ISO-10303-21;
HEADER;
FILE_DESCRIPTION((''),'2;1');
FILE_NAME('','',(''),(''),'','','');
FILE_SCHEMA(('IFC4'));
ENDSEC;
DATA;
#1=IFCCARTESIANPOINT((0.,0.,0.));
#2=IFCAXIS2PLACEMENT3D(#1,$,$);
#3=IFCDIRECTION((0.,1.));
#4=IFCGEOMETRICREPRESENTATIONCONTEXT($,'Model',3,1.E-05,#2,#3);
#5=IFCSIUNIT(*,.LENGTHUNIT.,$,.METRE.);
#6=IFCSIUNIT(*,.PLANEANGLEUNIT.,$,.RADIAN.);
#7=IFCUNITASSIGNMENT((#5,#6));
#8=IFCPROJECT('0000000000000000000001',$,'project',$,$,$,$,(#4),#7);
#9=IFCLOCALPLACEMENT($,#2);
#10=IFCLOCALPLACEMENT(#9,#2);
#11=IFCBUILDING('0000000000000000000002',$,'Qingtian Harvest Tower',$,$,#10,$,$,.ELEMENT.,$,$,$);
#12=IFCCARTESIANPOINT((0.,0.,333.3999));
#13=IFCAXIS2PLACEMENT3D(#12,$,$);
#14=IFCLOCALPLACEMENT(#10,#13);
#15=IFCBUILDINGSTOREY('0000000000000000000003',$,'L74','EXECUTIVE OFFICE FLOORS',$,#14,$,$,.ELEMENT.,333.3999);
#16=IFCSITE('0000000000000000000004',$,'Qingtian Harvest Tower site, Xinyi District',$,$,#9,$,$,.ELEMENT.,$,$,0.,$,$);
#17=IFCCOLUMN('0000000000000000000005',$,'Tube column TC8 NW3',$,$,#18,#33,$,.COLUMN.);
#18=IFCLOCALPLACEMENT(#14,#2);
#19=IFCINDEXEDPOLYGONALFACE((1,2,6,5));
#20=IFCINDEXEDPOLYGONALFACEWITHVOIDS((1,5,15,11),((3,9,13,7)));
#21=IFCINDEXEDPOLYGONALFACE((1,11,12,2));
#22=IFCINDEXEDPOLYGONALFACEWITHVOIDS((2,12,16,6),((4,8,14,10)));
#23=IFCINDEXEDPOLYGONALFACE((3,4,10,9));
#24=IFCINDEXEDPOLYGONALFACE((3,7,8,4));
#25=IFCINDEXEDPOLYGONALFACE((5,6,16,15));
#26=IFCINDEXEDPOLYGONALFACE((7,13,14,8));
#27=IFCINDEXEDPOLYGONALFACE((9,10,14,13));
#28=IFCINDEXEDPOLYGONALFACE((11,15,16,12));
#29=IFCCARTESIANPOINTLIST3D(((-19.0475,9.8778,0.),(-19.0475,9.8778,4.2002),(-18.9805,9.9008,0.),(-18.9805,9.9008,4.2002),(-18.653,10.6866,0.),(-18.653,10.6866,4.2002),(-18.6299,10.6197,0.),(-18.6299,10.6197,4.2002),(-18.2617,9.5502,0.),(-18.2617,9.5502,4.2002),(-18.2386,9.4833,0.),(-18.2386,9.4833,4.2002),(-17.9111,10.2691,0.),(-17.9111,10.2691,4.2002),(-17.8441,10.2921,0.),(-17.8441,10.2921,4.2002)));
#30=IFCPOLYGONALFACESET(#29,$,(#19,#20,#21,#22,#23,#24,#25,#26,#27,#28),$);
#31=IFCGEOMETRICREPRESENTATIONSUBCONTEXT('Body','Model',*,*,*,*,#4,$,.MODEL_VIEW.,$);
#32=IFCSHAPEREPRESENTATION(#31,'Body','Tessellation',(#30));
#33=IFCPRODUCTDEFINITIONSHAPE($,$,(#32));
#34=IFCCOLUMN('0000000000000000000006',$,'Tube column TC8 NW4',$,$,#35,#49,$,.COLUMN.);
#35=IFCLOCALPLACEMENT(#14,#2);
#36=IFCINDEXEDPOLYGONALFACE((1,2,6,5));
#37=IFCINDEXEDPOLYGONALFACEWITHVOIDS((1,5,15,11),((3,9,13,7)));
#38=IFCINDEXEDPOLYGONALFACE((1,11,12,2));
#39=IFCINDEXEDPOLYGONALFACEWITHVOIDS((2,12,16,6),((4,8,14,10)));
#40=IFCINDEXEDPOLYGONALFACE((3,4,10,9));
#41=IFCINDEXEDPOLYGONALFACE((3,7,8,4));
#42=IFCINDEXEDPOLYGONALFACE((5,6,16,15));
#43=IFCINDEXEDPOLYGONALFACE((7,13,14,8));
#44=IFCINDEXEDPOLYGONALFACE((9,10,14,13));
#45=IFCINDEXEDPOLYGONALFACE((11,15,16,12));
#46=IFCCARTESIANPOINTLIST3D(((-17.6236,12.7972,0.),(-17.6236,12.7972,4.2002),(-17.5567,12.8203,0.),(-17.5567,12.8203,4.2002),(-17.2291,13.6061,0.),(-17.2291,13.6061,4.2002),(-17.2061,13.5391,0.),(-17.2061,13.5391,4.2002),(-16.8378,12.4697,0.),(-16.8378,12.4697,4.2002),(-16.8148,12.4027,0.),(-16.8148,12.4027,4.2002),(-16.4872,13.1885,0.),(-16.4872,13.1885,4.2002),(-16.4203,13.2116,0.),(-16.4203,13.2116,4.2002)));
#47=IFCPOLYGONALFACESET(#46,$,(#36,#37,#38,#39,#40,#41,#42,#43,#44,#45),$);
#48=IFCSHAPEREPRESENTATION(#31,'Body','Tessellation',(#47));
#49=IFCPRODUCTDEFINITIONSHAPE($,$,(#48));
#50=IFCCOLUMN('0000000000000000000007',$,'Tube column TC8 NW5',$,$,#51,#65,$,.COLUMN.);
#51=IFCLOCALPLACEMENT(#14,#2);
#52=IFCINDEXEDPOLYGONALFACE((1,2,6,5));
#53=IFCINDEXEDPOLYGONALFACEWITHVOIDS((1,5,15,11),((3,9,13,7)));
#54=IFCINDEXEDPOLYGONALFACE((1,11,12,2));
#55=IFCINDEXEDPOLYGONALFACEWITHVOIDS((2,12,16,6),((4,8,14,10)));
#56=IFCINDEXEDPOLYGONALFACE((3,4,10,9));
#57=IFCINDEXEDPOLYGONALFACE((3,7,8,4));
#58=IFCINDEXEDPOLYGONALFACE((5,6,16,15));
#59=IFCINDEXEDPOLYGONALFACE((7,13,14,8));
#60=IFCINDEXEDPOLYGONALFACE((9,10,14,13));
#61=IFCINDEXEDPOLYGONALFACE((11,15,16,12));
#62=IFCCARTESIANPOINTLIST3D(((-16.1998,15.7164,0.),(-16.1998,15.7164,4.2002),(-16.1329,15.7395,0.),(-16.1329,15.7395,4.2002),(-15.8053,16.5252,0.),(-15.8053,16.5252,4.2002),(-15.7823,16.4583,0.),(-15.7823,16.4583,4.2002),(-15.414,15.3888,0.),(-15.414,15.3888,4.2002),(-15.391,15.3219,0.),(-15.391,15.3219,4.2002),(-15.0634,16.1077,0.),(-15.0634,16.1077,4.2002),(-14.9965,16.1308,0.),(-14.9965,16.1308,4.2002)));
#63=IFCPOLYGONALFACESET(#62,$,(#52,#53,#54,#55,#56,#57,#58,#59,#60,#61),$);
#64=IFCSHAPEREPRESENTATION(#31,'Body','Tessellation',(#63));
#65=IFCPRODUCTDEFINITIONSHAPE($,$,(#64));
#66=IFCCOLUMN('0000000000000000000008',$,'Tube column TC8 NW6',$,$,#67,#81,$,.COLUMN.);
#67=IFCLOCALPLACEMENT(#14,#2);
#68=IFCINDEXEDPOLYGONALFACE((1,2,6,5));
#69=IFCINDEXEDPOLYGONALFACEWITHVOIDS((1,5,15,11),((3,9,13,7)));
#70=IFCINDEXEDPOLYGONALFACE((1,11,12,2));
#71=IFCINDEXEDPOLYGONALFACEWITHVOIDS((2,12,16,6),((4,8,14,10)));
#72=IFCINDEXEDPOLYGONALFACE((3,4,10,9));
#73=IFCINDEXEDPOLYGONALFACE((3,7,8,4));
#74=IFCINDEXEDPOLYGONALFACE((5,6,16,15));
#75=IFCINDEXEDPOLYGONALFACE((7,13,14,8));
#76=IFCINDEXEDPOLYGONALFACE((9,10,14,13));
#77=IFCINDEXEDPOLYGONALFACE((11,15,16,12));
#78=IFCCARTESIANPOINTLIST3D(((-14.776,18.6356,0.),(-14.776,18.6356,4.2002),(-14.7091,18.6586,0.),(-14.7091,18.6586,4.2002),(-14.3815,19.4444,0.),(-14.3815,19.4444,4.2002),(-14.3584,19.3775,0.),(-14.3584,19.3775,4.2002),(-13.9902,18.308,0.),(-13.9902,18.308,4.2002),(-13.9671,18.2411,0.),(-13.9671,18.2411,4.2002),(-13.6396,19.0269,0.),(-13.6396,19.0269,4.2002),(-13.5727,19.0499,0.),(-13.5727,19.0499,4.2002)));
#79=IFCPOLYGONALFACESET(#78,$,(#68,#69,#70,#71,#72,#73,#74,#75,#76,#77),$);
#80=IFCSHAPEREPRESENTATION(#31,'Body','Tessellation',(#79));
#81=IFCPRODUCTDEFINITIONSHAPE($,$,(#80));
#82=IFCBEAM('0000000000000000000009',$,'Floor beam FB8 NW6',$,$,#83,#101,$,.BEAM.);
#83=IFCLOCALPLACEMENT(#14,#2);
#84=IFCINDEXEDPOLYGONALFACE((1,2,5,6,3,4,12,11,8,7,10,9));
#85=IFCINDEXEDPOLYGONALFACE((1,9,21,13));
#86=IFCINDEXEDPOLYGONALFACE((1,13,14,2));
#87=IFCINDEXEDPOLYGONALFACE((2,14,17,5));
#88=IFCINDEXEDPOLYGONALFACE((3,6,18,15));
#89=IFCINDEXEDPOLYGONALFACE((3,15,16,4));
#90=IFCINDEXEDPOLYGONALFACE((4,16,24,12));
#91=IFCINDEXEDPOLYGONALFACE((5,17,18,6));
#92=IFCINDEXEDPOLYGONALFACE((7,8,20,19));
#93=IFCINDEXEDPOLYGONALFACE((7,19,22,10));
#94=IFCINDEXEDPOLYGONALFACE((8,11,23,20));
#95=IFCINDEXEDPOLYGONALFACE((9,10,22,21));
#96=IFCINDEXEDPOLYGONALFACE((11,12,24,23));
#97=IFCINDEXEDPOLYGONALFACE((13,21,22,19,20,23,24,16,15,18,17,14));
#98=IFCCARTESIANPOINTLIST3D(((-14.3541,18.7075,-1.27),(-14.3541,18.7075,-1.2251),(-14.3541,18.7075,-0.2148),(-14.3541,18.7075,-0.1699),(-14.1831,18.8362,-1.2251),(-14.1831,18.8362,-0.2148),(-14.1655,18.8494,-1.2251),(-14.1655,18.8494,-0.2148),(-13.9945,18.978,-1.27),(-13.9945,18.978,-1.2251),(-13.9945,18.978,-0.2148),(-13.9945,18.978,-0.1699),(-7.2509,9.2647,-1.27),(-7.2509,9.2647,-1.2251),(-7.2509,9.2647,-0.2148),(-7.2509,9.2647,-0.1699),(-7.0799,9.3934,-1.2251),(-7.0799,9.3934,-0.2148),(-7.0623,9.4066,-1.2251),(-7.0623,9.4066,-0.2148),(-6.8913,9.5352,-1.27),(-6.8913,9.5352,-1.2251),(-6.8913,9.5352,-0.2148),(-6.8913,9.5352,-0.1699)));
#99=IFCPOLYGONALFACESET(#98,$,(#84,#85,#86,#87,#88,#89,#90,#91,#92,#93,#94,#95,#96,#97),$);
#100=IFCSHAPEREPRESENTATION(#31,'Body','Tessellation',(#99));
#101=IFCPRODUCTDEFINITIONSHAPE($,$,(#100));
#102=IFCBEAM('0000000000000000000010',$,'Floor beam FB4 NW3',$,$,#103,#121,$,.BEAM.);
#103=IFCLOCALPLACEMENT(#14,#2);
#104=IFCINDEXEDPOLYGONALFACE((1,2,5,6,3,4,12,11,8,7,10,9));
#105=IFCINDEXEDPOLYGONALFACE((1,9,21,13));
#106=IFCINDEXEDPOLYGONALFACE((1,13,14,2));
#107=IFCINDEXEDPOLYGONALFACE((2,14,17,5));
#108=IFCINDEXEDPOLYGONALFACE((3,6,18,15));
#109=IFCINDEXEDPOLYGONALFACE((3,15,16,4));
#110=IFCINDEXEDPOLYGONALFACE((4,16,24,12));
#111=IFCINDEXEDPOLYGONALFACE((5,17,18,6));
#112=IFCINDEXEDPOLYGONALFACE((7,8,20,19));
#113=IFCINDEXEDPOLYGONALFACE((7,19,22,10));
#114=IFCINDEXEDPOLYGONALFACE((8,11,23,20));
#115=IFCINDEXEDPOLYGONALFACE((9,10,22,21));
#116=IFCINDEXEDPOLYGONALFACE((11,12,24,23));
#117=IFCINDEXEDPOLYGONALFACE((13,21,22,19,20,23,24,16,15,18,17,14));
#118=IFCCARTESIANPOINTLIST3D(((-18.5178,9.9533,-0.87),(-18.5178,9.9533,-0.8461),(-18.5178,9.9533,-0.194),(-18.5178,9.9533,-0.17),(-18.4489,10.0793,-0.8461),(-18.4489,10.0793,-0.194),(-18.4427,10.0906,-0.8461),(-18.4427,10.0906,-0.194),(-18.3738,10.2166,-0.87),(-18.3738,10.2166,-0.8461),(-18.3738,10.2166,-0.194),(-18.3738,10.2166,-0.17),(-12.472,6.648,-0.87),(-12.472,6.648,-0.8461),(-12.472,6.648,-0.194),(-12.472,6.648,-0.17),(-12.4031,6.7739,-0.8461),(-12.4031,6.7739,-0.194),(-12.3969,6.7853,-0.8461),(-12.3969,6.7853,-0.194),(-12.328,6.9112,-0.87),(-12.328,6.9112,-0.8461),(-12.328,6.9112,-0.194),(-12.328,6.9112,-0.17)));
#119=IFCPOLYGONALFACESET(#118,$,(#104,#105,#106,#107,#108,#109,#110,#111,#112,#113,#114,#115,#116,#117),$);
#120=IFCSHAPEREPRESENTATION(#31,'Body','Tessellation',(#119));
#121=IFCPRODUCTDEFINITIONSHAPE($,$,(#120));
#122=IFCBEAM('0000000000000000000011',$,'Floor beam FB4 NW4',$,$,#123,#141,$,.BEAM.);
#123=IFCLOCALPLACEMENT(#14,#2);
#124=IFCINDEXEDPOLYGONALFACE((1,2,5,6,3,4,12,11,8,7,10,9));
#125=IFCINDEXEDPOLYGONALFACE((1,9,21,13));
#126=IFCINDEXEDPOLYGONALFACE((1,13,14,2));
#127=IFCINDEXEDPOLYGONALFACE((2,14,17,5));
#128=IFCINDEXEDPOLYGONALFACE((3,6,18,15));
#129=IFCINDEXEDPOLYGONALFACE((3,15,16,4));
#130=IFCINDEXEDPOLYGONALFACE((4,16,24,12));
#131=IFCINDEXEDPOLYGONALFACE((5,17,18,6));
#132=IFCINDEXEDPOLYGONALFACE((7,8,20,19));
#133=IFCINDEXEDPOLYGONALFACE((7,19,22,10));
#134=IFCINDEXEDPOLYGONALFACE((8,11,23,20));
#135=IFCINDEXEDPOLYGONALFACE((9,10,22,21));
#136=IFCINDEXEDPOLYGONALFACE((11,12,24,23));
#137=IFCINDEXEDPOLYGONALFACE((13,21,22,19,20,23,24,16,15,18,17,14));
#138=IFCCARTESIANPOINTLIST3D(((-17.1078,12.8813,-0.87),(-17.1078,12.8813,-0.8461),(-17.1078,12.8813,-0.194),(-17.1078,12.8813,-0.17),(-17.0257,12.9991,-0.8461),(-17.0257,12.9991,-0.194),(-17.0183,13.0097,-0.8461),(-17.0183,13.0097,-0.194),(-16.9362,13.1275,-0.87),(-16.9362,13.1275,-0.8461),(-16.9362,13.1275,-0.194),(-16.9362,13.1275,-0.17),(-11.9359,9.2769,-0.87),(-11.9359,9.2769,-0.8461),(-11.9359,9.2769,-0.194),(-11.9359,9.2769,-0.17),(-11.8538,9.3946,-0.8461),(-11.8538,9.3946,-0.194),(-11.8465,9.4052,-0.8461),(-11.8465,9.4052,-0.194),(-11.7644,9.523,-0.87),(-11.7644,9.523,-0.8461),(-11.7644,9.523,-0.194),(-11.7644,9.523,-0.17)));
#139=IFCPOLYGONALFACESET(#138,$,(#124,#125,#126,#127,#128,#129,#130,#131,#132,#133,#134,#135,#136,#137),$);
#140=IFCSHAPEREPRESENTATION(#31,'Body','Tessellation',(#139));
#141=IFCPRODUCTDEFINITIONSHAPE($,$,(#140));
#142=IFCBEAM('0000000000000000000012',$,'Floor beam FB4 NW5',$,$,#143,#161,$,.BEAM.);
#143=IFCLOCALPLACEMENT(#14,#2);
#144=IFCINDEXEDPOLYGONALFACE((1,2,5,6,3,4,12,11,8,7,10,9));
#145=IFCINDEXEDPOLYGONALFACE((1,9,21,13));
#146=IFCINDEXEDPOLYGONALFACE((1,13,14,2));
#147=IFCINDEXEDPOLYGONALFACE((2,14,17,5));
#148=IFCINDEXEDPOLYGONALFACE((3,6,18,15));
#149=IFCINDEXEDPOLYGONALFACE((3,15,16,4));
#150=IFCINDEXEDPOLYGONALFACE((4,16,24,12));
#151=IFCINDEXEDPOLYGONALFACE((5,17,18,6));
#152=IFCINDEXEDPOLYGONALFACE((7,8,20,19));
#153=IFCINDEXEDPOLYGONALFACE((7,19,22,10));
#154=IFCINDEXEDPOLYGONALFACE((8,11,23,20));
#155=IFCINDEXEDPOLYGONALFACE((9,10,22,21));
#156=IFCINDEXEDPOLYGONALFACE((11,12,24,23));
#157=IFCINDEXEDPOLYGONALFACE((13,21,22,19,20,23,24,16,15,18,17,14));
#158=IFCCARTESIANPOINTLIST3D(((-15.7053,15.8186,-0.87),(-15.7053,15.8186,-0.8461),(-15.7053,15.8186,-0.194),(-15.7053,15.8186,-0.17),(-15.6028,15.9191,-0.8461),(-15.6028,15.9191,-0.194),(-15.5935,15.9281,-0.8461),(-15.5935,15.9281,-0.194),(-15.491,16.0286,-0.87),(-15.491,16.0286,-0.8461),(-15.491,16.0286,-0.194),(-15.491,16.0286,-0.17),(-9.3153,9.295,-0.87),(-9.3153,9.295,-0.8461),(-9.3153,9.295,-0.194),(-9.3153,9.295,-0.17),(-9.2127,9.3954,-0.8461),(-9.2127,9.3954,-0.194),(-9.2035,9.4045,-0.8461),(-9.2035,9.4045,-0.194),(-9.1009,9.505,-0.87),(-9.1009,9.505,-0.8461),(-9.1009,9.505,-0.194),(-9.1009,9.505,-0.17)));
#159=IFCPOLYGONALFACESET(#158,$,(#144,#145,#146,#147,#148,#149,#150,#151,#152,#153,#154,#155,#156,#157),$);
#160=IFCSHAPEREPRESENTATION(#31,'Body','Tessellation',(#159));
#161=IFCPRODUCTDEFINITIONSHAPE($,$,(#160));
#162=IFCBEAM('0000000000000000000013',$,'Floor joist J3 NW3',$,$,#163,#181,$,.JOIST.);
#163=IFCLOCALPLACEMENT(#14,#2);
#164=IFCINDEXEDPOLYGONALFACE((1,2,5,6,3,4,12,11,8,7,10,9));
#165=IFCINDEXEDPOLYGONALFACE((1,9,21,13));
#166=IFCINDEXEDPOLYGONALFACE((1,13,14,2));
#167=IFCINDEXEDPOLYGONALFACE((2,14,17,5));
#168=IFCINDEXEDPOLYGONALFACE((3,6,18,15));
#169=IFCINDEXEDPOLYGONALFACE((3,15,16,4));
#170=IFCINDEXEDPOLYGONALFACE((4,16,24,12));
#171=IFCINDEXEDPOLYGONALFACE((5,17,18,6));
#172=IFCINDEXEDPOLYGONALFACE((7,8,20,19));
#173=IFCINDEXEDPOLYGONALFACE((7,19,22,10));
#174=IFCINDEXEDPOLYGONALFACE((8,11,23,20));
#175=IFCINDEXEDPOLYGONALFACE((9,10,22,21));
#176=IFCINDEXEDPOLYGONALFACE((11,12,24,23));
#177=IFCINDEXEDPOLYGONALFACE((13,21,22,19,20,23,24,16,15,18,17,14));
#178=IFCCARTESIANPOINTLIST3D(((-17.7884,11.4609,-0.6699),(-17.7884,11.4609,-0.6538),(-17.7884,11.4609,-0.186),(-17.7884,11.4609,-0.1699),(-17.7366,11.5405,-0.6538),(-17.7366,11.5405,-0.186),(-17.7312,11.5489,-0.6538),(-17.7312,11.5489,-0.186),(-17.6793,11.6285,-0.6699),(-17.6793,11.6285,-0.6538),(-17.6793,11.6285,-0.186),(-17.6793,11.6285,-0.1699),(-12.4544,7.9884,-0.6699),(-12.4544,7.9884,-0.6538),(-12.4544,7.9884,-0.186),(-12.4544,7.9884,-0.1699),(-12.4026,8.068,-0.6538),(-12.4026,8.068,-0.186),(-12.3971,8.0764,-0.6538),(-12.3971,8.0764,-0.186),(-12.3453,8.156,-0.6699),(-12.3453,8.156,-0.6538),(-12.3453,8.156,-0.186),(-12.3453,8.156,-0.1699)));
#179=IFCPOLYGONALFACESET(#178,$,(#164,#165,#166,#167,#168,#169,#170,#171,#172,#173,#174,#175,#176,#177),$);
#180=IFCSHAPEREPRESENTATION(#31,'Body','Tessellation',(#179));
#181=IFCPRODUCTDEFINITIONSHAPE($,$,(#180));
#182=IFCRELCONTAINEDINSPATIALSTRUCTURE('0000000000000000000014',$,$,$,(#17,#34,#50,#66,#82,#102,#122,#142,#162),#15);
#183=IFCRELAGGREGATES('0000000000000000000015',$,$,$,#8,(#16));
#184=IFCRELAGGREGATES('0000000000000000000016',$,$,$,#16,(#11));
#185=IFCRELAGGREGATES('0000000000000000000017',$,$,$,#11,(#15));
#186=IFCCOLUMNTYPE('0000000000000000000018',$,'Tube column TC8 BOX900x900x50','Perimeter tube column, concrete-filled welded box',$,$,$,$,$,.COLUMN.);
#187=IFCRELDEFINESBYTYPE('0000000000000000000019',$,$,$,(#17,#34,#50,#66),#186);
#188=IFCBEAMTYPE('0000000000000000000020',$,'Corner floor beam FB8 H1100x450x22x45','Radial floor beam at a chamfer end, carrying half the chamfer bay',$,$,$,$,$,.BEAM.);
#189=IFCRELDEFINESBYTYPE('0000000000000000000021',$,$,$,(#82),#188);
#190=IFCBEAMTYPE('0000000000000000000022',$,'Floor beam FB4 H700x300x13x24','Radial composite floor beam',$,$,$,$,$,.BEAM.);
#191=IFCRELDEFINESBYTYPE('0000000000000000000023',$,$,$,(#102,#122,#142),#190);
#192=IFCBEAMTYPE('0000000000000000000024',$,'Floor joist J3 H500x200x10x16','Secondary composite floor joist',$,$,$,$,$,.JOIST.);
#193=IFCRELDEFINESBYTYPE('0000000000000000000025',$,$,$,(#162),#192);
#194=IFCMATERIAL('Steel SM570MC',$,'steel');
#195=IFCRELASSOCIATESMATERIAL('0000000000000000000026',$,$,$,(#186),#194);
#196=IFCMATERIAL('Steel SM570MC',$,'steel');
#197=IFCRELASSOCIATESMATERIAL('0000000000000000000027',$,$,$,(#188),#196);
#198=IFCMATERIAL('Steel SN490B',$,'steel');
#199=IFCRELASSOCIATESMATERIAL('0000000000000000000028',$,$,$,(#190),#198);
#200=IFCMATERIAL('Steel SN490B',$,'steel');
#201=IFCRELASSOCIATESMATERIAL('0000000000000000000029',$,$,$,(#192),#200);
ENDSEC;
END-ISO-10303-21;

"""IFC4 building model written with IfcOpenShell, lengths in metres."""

from ifc_helpers import new_model, si_unit, direction, frame, origin, origin_2d, place, context, subcontext, project, spatial, hollow_rectangle, i_section, extrude, material, material_profile, profile_set, type_object, element, save


model = new_model("IFC4")

# Units and contexts
model_context = context("Model", 3, precision=1e-05, world=origin(), true_north=direction((0.0, 1.0)))
body_context = subcontext(model_context, "Body", "Model", "MODEL_VIEW")
ifc_project = project(units=[si_unit("LENGTHUNIT", "METRE"), si_unit("PLANEANGLEUNIT", "RADIAN")], contexts=[model_context])

# Site, building, storey
site_placement = place(None, origin())
site = spatial("IfcSite", under=ifc_project, at=site_placement, Name="Qingtian Harvest Tower site, Xinyi District", CompositionType="ELEMENT", RefElevation=0.0)
building_placement = place(site_placement, origin())
building = spatial("IfcBuilding", under=site, at=building_placement, Name="Qingtian Harvest Tower", CompositionType="ELEMENT")
storey_placement = place(building_placement, frame((0.0, 0.0, 333.3999)))
storey = spatial("IfcBuildingStorey", under=building, at=storey_placement, Name="L74", Description="EXECUTIVE OFFICE FLOORS", CompositionType="ELEMENT", Elevation=333.3999)

# Columns
ifc_material_1 = material(Name="Steel SM570MC", Category="steel")
ifc_material_profile_1 = material_profile(ifc_material_1, hollow_rectangle(XDim=0.8999, YDim=0.8999, WallThickness=0.05, at=origin_2d()), Name="BOX900x900x50")
ifc_profile_set_1 = profile_set([ifc_material_profile_1], Name="Steel SM570MC")
column_type = type_object("IfcColumnType", Name="Tube column TC8 BOX900x900x50", Description="Perimeter tube column, concrete-filled welded box", PredefinedType="COLUMN", material=ifc_profile_set_1)
for number, where, z_axis, x_axis, name in (
    (1, (-18.4458, 10.085, 0.0), (0.0, 0.0, 1.0), (-0.438371, -0.898794, 0.0), "Tube column TC8 NW3"),
    (2, (-17.022, 13.0044, 0.0), (0.0, 0.0, 1.0), (-0.438371, -0.898794, 0.0), "Tube column TC8 NW4"),
    (3, (-15.5981, 15.9236, 0.0), (0.0, 0.0, 1.0), (-0.438371, -0.898794, 0.0), "Tube column TC8 NW5"),
    (4, (-14.1743, 18.8428, 0.0), (0.0, 0.0, 1.0), (-0.438371, -0.898794, 0.0), "Tube column TC8 NW6"),
):
    element("IfcColumn", number, at=place(storey_placement, frame(where, z_axis=z_axis, x_axis=x_axis)), inside=storey, type_object=column_type, Name=name, PredefinedType="COLUMN", context=body_context, shape_type="SweptSolid", body=[
        extrude(hollow_rectangle(XDim=0.8999, YDim=0.8999, WallThickness=0.05, at=origin_2d()), origin(), (0.0, 0.0, 1.0), 4.2002),
    ])

# Beams
ifc_material_2 = material(Name="Steel SM570MC", Category="steel")
ifc_material_profile_2 = material_profile(ifc_material_2, i_section(OverallWidth=0.45, OverallDepth=1.1001, WebThickness=0.022, FlangeThickness=0.0449, at=origin_2d()), Name="H1100x450x22x45")
ifc_profile_set_2 = profile_set([ifc_material_profile_2], Name="Steel SM570MC")
beam_type_1 = type_object("IfcBeamType", Name="Corner floor beam FB8 H1100x450x22x45", Description="Radial floor beam at a chamfer end, carrying half the chamfer bay", PredefinedType="BEAM", material=ifc_profile_set_2)
beam_1_placement = place(storey_placement, frame((-14.1743, 18.8428, -0.72), z_axis=(0.601143, -0.799141, 0.0), x_axis=(0.799141, 0.601143, 0.0)))
element("IfcBeam", 5, at=beam_1_placement, inside=storey, type_object=beam_type_1, Name="Floor beam FB8 NW6", PredefinedType="BEAM", context=body_context, shape_type="SweptSolid", body=[
    extrude(i_section(OverallWidth=0.45, OverallDepth=1.1001, WebThickness=0.022, FlangeThickness=0.0449, at=origin_2d()), origin(), (0.0, 0.0, 1.0), 11.8162),
])
ifc_material_3 = material(Name="Steel SN490B", Category="steel")
ifc_material_profile_3 = material_profile(ifc_material_3, i_section(OverallWidth=0.3, OverallDepth=0.7, WebThickness=0.0129, FlangeThickness=0.0239, at=origin_2d()), Name="H700x300x13x24")
ifc_profile_set_3 = profile_set([ifc_material_profile_3], Name="Steel SN490B")
beam_type_2 = type_object("IfcBeamType", Name="Floor beam FB4 H700x300x13x24", Description="Radial composite floor beam", PredefinedType="BEAM", material=ifc_profile_set_3)
beam_2_placement = place(storey_placement, frame((-18.4458, 10.085, -0.52), z_axis=(0.877428, -0.479708, 0.0), x_axis=(0.479708, 0.877428, 0.0)))
element("IfcBeam", 6, at=beam_2_placement, inside=storey, type_object=beam_type_2, Name="Floor beam FB4 NW3", PredefinedType="BEAM", context=body_context, shape_type="SweptSolid", body=[
    extrude(i_section(OverallWidth=0.3, OverallDepth=0.7, WebThickness=0.0129, FlangeThickness=0.0239, at=origin_2d()), origin(), (0.0, 0.0, 1.0), 6.8904),
])
beam_3_placement = place(storey_placement, frame((-17.022, 13.0044, -0.52), z_axis=(0.820409, -0.571777, 0.0), x_axis=(0.571777, 0.820409, 0.0)))
element("IfcBeam", 7, at=beam_3_placement, inside=storey, type_object=beam_type_2, Name="Floor beam FB4 NW4", PredefinedType="BEAM", context=body_context, shape_type="SweptSolid", body=[
    extrude(i_section(OverallWidth=0.3, OverallDepth=0.7, WebThickness=0.0129, FlangeThickness=0.0239, at=origin_2d()), origin(), (0.0, 0.0, 1.0), 6.304),
])
beam_4_placement = place(storey_placement, frame((-15.5981, 15.9236, -0.52), z_axis=(0.699757, -0.714381, 0.0), x_axis=(0.714381, 0.699757, 0.0)))
element("IfcBeam", 8, at=beam_4_placement, inside=storey, type_object=beam_type_2, Name="Floor beam FB4 NW5", PredefinedType="BEAM", context=body_context, shape_type="SweptSolid", body=[
    extrude(i_section(OverallWidth=0.3, OverallDepth=0.7, WebThickness=0.0129, FlangeThickness=0.0239, at=origin_2d()), origin(), (0.0, 0.0, 1.0), 9.1318),
])
ifc_material_4 = material(Name="Steel SN490B", Category="steel")
ifc_material_profile_4 = material_profile(ifc_material_4, i_section(OverallWidth=0.2, OverallDepth=0.5, WebThickness=0.01, FlangeThickness=0.0161, at=origin_2d()), Name="H500x200x10x16")
ifc_profile_set_4 = profile_set([ifc_material_profile_4], Name="Steel SN490B")
beam_type_3 = type_object("IfcBeamType", Name="Floor joist J3 H500x200x10x16", Description="Secondary composite floor joist", PredefinedType="JOIST", material=ifc_profile_set_4)
beam_5_placement = place(storey_placement, frame((-17.7339, 11.5447, -0.4199), z_axis=(0.838061, -0.545576, 0.0), x_axis=(0.545576, 0.838061, 0.0)))
element("IfcBeam", 9, at=beam_5_placement, inside=storey, type_object=beam_type_3, Name="Floor joist J3 NW3", PredefinedType="JOIST", context=body_context, shape_type="SweptSolid", body=[
    extrude(i_section(OverallWidth=0.2, OverallDepth=0.5, WebThickness=0.01, FlangeThickness=0.0161, at=origin_2d()), origin(), (0.0, 0.0, 1.0), 6.3647),
])

save(model, "model.ifc")
